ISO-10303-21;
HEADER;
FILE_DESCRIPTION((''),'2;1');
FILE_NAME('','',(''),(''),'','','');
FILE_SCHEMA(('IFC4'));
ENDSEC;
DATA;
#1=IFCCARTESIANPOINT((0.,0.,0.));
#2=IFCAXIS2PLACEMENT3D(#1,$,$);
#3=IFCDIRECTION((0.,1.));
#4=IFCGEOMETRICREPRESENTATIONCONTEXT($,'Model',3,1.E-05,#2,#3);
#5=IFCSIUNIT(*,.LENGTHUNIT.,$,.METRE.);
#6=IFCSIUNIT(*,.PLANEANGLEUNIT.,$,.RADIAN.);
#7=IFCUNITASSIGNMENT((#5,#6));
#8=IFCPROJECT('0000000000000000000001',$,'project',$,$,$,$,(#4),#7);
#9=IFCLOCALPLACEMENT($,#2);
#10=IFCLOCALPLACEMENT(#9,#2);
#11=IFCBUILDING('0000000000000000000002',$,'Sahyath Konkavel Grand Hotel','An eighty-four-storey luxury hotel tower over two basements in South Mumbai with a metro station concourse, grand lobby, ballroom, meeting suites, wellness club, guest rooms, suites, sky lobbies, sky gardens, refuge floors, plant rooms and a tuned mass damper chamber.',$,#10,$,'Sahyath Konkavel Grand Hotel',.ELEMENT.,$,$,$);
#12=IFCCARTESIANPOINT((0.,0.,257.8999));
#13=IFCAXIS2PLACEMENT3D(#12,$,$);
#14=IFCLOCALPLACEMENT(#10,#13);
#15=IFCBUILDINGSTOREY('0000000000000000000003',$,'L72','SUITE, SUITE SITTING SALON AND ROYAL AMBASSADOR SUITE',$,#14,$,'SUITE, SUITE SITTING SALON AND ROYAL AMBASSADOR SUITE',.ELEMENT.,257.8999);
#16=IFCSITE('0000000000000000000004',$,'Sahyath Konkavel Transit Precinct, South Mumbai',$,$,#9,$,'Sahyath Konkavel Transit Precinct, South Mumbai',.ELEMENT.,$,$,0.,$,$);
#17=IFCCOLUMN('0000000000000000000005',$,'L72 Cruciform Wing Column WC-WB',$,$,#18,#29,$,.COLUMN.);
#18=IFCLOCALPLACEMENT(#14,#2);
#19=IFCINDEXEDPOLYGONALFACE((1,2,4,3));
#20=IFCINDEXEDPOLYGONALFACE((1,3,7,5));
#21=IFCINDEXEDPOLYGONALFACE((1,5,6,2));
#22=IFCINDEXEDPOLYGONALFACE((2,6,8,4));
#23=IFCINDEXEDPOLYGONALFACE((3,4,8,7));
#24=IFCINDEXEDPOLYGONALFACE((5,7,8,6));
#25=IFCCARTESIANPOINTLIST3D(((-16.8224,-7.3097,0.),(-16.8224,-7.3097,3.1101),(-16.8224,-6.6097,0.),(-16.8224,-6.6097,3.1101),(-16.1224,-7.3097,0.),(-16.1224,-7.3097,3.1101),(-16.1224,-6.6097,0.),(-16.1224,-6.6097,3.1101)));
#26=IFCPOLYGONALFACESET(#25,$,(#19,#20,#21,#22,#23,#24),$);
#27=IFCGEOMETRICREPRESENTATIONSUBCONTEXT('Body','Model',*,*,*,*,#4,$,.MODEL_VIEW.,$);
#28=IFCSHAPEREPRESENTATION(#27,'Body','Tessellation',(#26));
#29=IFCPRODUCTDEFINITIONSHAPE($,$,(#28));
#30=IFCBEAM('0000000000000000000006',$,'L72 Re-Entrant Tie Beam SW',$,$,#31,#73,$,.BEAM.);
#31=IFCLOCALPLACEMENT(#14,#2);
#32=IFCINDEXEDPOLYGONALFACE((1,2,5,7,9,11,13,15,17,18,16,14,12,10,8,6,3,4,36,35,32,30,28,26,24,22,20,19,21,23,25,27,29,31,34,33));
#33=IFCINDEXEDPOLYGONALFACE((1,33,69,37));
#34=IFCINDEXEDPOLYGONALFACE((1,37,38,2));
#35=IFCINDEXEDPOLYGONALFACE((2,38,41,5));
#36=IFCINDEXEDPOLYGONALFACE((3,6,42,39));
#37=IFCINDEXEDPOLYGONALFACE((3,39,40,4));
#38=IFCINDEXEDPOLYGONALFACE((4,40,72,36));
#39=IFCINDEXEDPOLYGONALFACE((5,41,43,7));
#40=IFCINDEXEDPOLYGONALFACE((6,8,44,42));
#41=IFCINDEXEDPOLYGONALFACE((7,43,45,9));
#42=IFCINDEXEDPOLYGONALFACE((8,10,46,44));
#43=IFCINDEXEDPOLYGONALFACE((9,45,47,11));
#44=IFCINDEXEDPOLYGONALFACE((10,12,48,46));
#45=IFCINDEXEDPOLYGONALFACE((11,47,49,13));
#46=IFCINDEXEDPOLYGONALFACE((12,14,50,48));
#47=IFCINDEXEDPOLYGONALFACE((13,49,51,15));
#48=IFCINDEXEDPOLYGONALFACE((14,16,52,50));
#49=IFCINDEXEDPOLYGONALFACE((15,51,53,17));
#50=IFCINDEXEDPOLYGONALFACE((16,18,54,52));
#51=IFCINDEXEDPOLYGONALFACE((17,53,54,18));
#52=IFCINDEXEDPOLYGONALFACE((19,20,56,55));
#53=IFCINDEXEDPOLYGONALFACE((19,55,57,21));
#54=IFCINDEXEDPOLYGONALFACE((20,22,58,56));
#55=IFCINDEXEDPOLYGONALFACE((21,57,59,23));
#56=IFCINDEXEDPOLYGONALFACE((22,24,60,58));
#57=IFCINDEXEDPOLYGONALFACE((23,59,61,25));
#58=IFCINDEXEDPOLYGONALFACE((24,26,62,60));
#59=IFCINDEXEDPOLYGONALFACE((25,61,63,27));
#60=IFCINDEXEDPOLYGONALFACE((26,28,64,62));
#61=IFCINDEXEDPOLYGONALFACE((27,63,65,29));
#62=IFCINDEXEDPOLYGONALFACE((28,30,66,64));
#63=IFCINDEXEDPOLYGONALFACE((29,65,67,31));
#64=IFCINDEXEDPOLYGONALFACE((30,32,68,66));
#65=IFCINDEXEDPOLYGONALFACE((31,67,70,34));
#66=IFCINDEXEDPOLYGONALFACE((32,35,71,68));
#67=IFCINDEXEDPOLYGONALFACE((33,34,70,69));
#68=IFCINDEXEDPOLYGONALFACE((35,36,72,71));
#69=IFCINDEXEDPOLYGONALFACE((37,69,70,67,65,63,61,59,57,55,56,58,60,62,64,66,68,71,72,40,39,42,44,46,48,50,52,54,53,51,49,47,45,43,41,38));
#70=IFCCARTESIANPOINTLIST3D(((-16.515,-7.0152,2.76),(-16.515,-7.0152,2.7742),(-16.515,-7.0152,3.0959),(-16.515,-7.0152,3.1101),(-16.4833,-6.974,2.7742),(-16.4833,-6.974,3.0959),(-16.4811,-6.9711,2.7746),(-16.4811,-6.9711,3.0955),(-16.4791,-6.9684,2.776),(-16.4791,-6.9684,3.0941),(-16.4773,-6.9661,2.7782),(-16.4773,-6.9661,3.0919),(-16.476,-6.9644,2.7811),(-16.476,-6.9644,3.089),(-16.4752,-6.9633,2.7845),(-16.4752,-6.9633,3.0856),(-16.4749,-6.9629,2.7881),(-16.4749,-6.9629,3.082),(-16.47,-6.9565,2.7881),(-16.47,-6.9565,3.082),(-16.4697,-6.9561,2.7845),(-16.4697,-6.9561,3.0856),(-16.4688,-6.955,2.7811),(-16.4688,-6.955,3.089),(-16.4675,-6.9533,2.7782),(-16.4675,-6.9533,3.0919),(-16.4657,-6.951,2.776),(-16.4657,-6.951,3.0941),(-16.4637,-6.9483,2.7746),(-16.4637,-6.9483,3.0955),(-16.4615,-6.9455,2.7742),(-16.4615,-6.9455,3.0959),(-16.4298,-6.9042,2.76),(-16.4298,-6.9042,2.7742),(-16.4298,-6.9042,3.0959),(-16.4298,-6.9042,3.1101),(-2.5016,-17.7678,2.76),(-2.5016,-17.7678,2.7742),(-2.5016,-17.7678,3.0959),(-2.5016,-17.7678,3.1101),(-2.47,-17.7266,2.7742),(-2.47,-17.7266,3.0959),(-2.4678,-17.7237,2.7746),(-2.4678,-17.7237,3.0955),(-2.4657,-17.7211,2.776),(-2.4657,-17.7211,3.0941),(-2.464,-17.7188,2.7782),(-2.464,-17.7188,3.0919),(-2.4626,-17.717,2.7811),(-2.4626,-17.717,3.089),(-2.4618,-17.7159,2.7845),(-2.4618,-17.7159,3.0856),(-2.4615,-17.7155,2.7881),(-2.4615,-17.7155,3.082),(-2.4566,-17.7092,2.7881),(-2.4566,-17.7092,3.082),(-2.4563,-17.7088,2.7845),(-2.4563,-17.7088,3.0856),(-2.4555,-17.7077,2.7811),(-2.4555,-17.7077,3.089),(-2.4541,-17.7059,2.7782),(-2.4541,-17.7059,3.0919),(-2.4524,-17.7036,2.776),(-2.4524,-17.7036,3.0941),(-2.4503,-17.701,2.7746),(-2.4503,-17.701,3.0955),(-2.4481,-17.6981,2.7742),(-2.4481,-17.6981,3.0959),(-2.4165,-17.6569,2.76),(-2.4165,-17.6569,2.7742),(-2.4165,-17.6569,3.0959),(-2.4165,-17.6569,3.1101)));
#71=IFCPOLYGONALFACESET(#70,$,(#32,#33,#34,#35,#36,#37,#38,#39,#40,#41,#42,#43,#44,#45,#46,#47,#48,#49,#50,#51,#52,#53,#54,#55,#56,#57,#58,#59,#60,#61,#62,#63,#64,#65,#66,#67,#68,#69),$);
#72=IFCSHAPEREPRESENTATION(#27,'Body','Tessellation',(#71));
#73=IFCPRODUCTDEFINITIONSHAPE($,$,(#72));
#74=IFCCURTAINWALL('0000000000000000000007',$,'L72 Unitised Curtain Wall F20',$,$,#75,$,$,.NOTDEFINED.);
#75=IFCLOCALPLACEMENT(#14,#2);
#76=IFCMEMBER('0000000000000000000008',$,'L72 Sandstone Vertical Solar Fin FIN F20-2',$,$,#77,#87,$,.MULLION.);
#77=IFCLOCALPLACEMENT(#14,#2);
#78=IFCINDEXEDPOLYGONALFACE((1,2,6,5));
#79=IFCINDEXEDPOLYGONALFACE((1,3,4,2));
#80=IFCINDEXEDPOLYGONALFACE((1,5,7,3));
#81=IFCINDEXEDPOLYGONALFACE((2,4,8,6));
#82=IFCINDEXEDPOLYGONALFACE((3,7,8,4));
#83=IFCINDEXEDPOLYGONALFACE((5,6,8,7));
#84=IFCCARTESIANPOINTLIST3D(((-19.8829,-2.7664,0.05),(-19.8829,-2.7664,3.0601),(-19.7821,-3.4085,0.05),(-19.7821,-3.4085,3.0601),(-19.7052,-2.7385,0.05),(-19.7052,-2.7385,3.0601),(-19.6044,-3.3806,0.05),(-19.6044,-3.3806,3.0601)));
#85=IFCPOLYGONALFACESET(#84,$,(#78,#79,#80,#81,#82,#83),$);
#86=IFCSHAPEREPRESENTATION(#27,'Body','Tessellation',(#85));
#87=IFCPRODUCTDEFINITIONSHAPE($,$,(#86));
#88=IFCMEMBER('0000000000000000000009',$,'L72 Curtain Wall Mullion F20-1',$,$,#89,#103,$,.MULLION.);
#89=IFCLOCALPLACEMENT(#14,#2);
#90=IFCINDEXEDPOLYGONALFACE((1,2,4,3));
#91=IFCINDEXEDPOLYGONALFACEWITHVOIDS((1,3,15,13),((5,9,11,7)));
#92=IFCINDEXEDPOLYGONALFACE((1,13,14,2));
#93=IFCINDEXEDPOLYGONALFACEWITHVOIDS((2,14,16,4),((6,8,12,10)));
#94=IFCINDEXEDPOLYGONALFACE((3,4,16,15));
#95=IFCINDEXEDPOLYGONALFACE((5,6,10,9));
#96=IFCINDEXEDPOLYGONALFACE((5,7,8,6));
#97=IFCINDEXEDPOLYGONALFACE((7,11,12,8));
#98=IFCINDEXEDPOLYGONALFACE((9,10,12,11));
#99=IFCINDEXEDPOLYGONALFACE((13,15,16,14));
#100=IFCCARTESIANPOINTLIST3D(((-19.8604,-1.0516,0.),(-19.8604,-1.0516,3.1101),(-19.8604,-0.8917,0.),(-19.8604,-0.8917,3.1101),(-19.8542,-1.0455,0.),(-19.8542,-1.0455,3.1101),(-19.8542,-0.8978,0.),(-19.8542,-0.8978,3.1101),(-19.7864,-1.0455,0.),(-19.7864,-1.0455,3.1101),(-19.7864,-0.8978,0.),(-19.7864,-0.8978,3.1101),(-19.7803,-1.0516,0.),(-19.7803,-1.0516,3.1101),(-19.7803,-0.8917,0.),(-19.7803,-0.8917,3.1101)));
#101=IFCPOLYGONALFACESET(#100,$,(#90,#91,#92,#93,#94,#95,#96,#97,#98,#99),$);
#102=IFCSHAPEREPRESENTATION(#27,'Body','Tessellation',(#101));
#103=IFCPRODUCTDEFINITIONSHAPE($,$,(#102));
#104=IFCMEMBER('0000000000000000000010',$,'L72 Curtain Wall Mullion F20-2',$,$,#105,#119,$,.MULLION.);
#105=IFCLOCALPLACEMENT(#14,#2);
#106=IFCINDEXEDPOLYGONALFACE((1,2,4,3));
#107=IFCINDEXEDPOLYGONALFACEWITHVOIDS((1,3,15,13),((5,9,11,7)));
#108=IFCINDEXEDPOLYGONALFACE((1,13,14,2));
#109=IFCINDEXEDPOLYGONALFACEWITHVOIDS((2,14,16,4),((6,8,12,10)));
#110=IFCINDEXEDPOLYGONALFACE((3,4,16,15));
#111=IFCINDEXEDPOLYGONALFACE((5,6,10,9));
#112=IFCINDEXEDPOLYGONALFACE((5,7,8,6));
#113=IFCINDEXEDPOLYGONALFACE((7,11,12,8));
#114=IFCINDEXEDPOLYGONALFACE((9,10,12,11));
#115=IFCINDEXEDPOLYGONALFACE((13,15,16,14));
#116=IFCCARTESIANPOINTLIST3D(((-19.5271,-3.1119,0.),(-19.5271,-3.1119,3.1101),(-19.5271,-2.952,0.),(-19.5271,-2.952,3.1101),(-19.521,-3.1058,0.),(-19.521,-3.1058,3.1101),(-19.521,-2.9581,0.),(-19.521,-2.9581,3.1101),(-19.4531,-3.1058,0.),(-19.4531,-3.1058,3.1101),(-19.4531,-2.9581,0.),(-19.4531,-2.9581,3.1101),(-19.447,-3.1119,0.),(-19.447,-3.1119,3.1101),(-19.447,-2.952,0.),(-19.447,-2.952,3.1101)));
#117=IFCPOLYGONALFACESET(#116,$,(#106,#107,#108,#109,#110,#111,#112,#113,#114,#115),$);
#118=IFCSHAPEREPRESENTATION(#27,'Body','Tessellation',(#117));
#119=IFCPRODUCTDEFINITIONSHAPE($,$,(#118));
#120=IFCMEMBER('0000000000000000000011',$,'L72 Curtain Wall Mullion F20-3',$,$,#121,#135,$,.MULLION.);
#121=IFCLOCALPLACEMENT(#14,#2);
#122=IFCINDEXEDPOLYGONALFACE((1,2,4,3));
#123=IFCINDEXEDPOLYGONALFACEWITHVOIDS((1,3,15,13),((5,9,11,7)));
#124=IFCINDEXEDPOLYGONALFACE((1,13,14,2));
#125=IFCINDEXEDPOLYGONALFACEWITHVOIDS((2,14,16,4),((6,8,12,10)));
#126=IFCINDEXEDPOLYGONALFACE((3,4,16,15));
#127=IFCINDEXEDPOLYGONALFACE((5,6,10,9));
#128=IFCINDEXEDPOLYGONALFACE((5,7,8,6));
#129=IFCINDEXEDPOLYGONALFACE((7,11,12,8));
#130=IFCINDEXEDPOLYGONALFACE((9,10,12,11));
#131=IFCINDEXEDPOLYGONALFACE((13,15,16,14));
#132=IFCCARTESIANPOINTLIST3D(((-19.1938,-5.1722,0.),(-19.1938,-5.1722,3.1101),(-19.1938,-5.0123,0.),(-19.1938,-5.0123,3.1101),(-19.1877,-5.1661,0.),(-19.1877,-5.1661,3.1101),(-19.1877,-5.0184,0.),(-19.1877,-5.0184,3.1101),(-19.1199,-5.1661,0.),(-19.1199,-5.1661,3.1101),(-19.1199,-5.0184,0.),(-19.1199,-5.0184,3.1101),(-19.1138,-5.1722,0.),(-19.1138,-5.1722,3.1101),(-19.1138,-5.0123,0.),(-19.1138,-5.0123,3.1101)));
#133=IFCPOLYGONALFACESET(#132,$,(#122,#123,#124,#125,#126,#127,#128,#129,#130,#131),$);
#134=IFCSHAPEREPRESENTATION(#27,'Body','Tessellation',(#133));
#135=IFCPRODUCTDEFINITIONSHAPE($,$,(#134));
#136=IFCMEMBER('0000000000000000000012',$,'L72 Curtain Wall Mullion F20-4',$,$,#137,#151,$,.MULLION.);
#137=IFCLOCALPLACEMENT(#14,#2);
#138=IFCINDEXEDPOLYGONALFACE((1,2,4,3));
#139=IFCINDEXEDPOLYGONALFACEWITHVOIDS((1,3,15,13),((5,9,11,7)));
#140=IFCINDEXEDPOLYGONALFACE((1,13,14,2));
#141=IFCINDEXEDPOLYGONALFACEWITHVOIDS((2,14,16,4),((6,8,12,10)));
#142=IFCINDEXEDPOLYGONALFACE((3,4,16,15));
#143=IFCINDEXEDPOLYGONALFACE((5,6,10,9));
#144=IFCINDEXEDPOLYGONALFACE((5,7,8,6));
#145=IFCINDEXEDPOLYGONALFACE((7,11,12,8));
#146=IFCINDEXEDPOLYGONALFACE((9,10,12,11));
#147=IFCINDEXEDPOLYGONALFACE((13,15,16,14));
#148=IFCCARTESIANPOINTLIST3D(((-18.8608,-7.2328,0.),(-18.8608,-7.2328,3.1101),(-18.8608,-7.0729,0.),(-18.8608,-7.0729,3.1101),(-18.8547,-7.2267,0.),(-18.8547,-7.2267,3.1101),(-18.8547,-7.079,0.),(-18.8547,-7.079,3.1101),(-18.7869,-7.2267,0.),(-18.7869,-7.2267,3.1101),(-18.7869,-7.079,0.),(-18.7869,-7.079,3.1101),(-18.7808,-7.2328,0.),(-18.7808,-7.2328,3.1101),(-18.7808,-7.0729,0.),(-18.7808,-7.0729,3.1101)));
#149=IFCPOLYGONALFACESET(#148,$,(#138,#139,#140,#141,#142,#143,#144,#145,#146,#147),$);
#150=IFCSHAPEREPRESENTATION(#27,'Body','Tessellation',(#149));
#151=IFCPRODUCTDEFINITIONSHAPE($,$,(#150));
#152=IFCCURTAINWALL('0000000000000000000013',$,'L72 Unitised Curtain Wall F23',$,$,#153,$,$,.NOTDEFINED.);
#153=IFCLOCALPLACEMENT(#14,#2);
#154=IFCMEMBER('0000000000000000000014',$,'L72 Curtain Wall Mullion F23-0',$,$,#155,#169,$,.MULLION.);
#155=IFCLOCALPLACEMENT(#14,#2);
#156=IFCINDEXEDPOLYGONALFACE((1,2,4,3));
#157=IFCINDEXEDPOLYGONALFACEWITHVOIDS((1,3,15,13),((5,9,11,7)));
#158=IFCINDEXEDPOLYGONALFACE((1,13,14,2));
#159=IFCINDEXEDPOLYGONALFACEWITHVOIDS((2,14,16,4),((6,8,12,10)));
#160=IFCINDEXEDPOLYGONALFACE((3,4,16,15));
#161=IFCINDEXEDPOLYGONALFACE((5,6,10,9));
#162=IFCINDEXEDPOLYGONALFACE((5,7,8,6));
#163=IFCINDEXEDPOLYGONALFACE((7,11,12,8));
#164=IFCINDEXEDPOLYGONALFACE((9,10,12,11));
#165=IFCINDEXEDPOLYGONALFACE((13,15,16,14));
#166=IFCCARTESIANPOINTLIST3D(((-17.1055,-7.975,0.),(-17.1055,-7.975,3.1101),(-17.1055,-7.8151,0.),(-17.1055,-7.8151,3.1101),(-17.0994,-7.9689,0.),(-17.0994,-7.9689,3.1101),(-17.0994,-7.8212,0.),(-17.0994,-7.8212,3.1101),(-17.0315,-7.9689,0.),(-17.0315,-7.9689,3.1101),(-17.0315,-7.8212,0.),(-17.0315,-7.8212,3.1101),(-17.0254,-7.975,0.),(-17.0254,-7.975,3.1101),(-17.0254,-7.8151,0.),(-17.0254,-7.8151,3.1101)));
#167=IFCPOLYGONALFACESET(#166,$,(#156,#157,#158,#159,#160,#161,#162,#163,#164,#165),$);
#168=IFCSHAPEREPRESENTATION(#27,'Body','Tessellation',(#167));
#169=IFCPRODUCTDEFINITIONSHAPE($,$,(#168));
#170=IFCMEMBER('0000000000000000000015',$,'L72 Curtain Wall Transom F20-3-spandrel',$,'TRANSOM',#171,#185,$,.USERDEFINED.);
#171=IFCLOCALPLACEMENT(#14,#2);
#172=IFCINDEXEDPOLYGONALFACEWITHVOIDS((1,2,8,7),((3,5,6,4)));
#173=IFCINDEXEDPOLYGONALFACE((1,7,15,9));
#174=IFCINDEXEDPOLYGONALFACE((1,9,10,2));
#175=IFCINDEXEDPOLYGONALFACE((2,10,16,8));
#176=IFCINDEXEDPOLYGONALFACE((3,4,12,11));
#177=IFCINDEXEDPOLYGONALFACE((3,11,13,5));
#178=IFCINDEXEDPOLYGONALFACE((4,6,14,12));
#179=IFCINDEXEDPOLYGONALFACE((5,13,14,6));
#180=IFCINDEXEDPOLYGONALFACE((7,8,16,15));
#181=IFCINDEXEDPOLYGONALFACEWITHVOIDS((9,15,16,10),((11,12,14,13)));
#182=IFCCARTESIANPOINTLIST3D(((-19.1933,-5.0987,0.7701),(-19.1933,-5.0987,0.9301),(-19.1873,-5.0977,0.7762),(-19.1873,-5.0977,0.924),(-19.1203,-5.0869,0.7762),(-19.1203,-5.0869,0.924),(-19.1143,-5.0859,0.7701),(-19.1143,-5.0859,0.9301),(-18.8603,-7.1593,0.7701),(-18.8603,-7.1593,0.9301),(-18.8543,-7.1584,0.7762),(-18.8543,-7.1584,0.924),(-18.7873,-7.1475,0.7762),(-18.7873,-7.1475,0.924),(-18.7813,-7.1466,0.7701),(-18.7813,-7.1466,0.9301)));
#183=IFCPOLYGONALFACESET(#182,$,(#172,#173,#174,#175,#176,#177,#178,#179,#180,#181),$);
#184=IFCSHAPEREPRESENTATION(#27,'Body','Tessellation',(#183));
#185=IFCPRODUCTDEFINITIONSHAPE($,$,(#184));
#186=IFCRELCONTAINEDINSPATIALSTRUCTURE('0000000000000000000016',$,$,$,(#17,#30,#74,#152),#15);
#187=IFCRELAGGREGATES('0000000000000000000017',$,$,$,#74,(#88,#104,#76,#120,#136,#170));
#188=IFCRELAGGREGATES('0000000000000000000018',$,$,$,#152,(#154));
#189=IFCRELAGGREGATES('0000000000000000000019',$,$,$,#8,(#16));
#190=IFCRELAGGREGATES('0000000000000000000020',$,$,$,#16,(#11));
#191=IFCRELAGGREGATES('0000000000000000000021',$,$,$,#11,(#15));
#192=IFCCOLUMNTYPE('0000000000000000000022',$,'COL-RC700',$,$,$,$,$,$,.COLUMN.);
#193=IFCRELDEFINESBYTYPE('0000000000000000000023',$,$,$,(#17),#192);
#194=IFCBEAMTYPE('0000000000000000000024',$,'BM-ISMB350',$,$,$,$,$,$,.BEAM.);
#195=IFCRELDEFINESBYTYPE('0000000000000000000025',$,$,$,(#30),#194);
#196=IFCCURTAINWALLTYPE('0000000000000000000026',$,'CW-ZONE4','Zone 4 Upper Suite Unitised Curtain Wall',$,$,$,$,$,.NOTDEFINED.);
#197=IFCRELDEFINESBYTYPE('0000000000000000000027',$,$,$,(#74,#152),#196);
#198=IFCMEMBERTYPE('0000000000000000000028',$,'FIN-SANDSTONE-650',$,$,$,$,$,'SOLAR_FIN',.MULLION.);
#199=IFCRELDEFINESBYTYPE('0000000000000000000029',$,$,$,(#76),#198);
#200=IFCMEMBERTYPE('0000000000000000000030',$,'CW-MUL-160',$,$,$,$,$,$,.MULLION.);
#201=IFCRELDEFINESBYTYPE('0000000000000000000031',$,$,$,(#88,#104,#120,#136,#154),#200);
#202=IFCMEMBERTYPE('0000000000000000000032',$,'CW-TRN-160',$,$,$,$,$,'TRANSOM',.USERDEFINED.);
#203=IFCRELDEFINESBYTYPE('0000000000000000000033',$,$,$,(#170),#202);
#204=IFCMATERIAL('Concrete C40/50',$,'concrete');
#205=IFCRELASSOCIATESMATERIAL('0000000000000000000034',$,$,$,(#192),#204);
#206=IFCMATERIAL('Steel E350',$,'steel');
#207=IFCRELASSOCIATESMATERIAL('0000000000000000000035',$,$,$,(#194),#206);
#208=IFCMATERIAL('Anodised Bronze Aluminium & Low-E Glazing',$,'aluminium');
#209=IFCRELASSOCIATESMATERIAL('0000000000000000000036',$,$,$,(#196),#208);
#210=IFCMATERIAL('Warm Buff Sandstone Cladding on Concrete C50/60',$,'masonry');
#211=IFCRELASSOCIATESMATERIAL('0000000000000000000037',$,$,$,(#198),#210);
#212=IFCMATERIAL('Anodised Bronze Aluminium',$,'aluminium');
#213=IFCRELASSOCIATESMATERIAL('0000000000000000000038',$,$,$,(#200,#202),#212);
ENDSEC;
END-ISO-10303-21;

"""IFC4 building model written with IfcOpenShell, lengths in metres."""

from ifc_helpers import new_model, si_unit, direction, frame, origin, origin_2d, place, context, subcontext, project, spatial, rectangle, hollow_rectangle, i_section, extrude, source, transform, mapped, material, material_profile, profile_set, type_object, element, aggregate, save


model = new_model("IFC4")

# Units and contexts
model_context = context("Model", 3, precision=1e-05, world=origin(), true_north=direction((0.0, 1.0)))
body_context = subcontext(model_context, "Body", "Model", "MODEL_VIEW")
ifc_project = project(units=[si_unit("LENGTHUNIT", "METRE"), si_unit("PLANEANGLEUNIT", "RADIAN")], contexts=[model_context])

# Site, building, storey
site_placement = place(None, origin())
site = spatial("IfcSite", under=ifc_project, at=site_placement, Name="Sahyath Konkavel Transit Precinct, South Mumbai", LongName="Sahyath Konkavel Transit Precinct, South Mumbai", CompositionType="ELEMENT", RefElevation=0.0)
building_placement = place(site_placement, origin())
building = spatial("IfcBuilding", under=site, at=building_placement, Name="Sahyath Konkavel Grand Hotel", Description="An eighty-four-storey luxury hotel tower over two basements in South Mumbai with a metro station concourse, grand lobby, ballroom, meeting suites, wellness club, guest rooms, suites, sky lobbies, sky gardens, refuge floors, plant rooms and a tuned mass damper chamber.", LongName="Sahyath Konkavel Grand Hotel", CompositionType="ELEMENT")
storey_placement = place(building_placement, frame((0.0, 0.0, 257.8999)))
storey = spatial("IfcBuildingStorey", under=building, at=storey_placement, Name="L72", Description="SUITE, SUITE SITTING SALON AND ROYAL AMBASSADOR SUITE", LongName="SUITE, SUITE SITTING SALON AND ROYAL AMBASSADOR SUITE", CompositionType="ELEMENT", Elevation=257.8999)

# Column
ifc_material_1 = material(Name="Concrete C40/50", Category="concrete")
ifc_material_profile_1 = material_profile(ifc_material_1, rectangle(XDim=0.7, YDim=0.7, at=origin_2d()), Name="RC 700x700")
ifc_profile_set_1 = profile_set([ifc_material_profile_1], Name="Concrete C40/50")
column_type = type_object("IfcColumnType", Name="COL-RC700", PredefinedType="COLUMN", material=ifc_profile_set_1)
shared_shape_1 = source(origin(), body_context, "Body", "SweptSolid", [
    extrude(rectangle(XDim=0.7, YDim=0.7, at=origin_2d()), origin(), (0.0, 0.0, 1.0), 3.1101),
])
column_placement = place(storey_placement, frame((-16.4724, -6.9597, 0.0), z_axis=(0.0, 0.0, 1.0), x_axis=(1.0, 0.0, 0.0)))
element("IfcColumn", 1, at=column_placement, inside=storey, type_object=column_type, Name="L72 Cruciform Wing Column WC-WB", PredefinedType="COLUMN", context=body_context, shape_type="MappedRepresentation", body=[
    mapped(shared_shape_1, transform((0.0, 0.0, 0.0), scale=1.0)),
])

# Beam
ifc_material_2 = material(Name="Steel E350", Category="steel")
ifc_material_profile_2 = material_profile(ifc_material_2, i_section(OverallWidth=0.1399, OverallDepth=0.3501, WebThickness=0.0081, FlangeThickness=0.0142, FilletRadius=0.0139, at=origin_2d()), Name="ISMB 350")
ifc_profile_set_2 = profile_set([ifc_material_profile_2], Name="Steel E350")
beam_type = type_object("IfcBeamType", Name="BM-ISMB350", PredefinedType="BEAM", material=ifc_profile_set_2)
shared_shape_2 = source(origin(), body_context, "Body", "SweptSolid", [
    extrude(i_section(OverallWidth=0.1399, OverallDepth=0.3501, WebThickness=0.0081, FlangeThickness=0.0142, FilletRadius=0.0139, at=origin_2d()), origin(), (0.0, 0.0, 1.0), 17.6633),
])
beam_placement = place(storey_placement, frame((-16.4724, -6.9597, 2.9351), z_axis=(0.793359, -0.608754, 0.0), x_axis=(0.608754, 0.793359, 0.0)))
element("IfcBeam", 2, at=beam_placement, inside=storey, type_object=beam_type, Name="L72 Re-Entrant Tie Beam SW", PredefinedType="BEAM", context=body_context, shape_type="MappedRepresentation", body=[
    mapped(shared_shape_2, transform((0.0, 0.0, 0.0), scale=1.0)),
])

# Curtain wall, members
ifc_material_3 = material(Name="Anodised Bronze Aluminium & Low-E Glazing", Category="aluminium")
curtain_wall_type = type_object("IfcCurtainWallType", Name="CW-ZONE4", Description="Zone 4 Upper Suite Unitised Curtain Wall", PredefinedType="NOTDEFINED", material=ifc_material_3)
curtain_wall_1_placement = place(storey_placement, origin())
curtain_wall_1 = element("IfcCurtainWall", 3, at=curtain_wall_1_placement, inside=storey, type_object=curtain_wall_type, Name="L72 Unitised Curtain Wall F20", PredefinedType="NOTDEFINED")
ifc_material_4 = material(Name="Warm Buff Sandstone Cladding on Concrete C50/60", Category="masonry")
ifc_material_profile_3 = material_profile(ifc_material_4, rectangle(XDim=0.1799, YDim=0.6499, at=origin_2d()), Name="FIN 180x650")
ifc_profile_set_3 = profile_set([ifc_material_profile_3], Name="Warm Buff Sandstone Cladding on Concrete C50/60")
member_type_1 = type_object("IfcMemberType", Name="FIN-SANDSTONE-650", ElementType="SOLAR_FIN", PredefinedType="MULLION", material=ifc_profile_set_3)
shared_shape_3 = source(origin(), body_context, "Body", "SweptSolid", [
    extrude(rectangle(XDim=0.1799, YDim=0.6499, at=origin_2d()), origin(), (0.0, 0.0, 1.0), 3.01),
])
member_1_placement = place(storey_placement, frame((-19.7437, -3.0735, 0.05), z_axis=(0.0, 0.0, 1.0), x_axis=(0.987906, 0.155055, 0.0)))
member_1 = element("IfcMember", 4, at=member_1_placement, type_object=member_type_1, Name="L72 Sandstone Vertical Solar Fin FIN F20-2", PredefinedType="MULLION", context=body_context, shape_type="MappedRepresentation", body=[
    mapped(shared_shape_3, transform((0.0, 0.0, 0.0), scale=1.0)),
])
ifc_material_5 = material(Name="Anodised Bronze Aluminium", Category="aluminium")
ifc_material_profile_4 = material_profile(ifc_material_5, hollow_rectangle(XDim=0.0801, YDim=0.1599, WallThickness=0.0061, at=origin_2d()), Name="RHS 160x80x6")
ifc_profile_set_4 = profile_set([ifc_material_profile_4], Name="Anodised Bronze Aluminium")
member_type_2 = type_object("IfcMemberType", Name="CW-MUL-160", PredefinedType="MULLION", material=ifc_profile_set_4)
shared_shape_4 = source(origin(), body_context, "Body", "SweptSolid", [
    extrude(hollow_rectangle(XDim=0.0801, YDim=0.1599, WallThickness=0.0061, at=origin_2d()), origin(), (0.0, 0.0, 1.0), 3.1101),
])
member_2_placement = place(storey_placement, frame((-19.8203, -0.9717, 0.0), z_axis=(0.0, 0.0, 1.0), x_axis=(1.0, 0.0, 0.0)))
member_2 = element("IfcMember", 5, at=member_2_placement, type_object=member_type_2, Name="L72 Curtain Wall Mullion F20-1", PredefinedType="MULLION", context=body_context, shape_type="MappedRepresentation", body=[
    mapped(shared_shape_4, transform((0.0, 0.0, 0.0), scale=1.0)),
])
member_3_placement = place(storey_placement, frame((-19.4871, -3.032, 0.0), z_axis=(0.0, 0.0, 1.0), x_axis=(1.0, 0.0, 0.0)))
member_3 = element("IfcMember", 6, at=member_3_placement, type_object=member_type_2, Name="L72 Curtain Wall Mullion F20-2", PredefinedType="MULLION", context=body_context, shape_type="MappedRepresentation", body=[
    mapped(shared_shape_4, transform((0.0, 0.0, 0.0), scale=1.0)),
])
member_4_placement = place(storey_placement, frame((-19.1538, -5.0923, 0.0), z_axis=(0.0, 0.0, 1.0), x_axis=(1.0, 0.0, 0.0)))
member_4 = element("IfcMember", 7, at=member_4_placement, type_object=member_type_2, Name="L72 Curtain Wall Mullion F20-3", PredefinedType="MULLION", context=body_context, shape_type="MappedRepresentation", body=[
    mapped(shared_shape_4, transform((0.0, 0.0, 0.0), scale=1.0)),
])
member_5_placement = place(storey_placement, frame((-18.8208, -7.1528, 0.0), z_axis=(0.0, 0.0, 1.0), x_axis=(1.0, 0.0, 0.0)))
member_5 = element("IfcMember", 8, at=member_5_placement, type_object=member_type_2, Name="L72 Curtain Wall Mullion F20-4", PredefinedType="MULLION", context=body_context, shape_type="MappedRepresentation", body=[
    mapped(shared_shape_4, transform((0.0, 0.0, 0.0), scale=1.0)),
])

# Curtain wall, member
curtain_wall_2_placement = place(storey_placement, origin())
curtain_wall_2 = element("IfcCurtainWall", 9, at=curtain_wall_2_placement, inside=storey, type_object=curtain_wall_type, Name="L72 Unitised Curtain Wall F23", PredefinedType="NOTDEFINED")
member_6_placement = place(storey_placement, frame((-17.0654, -7.895, 0.0), z_axis=(0.0, 0.0, 1.0), x_axis=(1.0, 0.0, 0.0)))
member_6 = element("IfcMember", 10, at=member_6_placement, type_object=member_type_2, Name="L72 Curtain Wall Mullion F23-0", PredefinedType="MULLION", context=body_context, shape_type="MappedRepresentation", body=[
    mapped(shared_shape_4, transform((0.0, 0.0, 0.0), scale=1.0)),
])

# Member
ifc_material_profile_5 = material_profile(ifc_material_5, hollow_rectangle(XDim=0.0801, YDim=0.1599, WallThickness=0.0061, at=origin_2d()), Name="RHS 160x80x6")
ifc_profile_set_5 = profile_set([ifc_material_profile_5], Name="Anodised Bronze Aluminium")
member_type_3 = type_object("IfcMemberType", Name="CW-TRN-160", ElementType="TRANSOM", PredefinedType="USERDEFINED", material=ifc_profile_set_5)
shared_shape_5 = source(origin(), body_context, "Body", "SweptSolid", [
    extrude(hollow_rectangle(XDim=0.0801, YDim=0.1599, WallThickness=0.0061, at=origin_2d()), origin(), (0.0, 0.0, 1.0), 2.0874),
])
member_7_placement = place(storey_placement, frame((-19.1538, -5.0923, 0.8501), z_axis=(0.159541, -0.987191, 0.0), x_axis=(0.987191, 0.159541, 0.0)))
member_7 = element("IfcMember", 11, at=member_7_placement, type_object=member_type_3, Name="L72 Curtain Wall Transom F20-3-spandrel", ObjectType="TRANSOM", PredefinedType="USERDEFINED", context=body_context, shape_type="MappedRepresentation", body=[
    mapped(shared_shape_5, transform((0.0, 0.0, 0.0), scale=1.0)),
])

aggregate(curtain_wall_1, [member_2, member_3, member_1, member_4, member_5, member_7])
aggregate(curtain_wall_2, [member_6])

save(model, "model.ifc")
